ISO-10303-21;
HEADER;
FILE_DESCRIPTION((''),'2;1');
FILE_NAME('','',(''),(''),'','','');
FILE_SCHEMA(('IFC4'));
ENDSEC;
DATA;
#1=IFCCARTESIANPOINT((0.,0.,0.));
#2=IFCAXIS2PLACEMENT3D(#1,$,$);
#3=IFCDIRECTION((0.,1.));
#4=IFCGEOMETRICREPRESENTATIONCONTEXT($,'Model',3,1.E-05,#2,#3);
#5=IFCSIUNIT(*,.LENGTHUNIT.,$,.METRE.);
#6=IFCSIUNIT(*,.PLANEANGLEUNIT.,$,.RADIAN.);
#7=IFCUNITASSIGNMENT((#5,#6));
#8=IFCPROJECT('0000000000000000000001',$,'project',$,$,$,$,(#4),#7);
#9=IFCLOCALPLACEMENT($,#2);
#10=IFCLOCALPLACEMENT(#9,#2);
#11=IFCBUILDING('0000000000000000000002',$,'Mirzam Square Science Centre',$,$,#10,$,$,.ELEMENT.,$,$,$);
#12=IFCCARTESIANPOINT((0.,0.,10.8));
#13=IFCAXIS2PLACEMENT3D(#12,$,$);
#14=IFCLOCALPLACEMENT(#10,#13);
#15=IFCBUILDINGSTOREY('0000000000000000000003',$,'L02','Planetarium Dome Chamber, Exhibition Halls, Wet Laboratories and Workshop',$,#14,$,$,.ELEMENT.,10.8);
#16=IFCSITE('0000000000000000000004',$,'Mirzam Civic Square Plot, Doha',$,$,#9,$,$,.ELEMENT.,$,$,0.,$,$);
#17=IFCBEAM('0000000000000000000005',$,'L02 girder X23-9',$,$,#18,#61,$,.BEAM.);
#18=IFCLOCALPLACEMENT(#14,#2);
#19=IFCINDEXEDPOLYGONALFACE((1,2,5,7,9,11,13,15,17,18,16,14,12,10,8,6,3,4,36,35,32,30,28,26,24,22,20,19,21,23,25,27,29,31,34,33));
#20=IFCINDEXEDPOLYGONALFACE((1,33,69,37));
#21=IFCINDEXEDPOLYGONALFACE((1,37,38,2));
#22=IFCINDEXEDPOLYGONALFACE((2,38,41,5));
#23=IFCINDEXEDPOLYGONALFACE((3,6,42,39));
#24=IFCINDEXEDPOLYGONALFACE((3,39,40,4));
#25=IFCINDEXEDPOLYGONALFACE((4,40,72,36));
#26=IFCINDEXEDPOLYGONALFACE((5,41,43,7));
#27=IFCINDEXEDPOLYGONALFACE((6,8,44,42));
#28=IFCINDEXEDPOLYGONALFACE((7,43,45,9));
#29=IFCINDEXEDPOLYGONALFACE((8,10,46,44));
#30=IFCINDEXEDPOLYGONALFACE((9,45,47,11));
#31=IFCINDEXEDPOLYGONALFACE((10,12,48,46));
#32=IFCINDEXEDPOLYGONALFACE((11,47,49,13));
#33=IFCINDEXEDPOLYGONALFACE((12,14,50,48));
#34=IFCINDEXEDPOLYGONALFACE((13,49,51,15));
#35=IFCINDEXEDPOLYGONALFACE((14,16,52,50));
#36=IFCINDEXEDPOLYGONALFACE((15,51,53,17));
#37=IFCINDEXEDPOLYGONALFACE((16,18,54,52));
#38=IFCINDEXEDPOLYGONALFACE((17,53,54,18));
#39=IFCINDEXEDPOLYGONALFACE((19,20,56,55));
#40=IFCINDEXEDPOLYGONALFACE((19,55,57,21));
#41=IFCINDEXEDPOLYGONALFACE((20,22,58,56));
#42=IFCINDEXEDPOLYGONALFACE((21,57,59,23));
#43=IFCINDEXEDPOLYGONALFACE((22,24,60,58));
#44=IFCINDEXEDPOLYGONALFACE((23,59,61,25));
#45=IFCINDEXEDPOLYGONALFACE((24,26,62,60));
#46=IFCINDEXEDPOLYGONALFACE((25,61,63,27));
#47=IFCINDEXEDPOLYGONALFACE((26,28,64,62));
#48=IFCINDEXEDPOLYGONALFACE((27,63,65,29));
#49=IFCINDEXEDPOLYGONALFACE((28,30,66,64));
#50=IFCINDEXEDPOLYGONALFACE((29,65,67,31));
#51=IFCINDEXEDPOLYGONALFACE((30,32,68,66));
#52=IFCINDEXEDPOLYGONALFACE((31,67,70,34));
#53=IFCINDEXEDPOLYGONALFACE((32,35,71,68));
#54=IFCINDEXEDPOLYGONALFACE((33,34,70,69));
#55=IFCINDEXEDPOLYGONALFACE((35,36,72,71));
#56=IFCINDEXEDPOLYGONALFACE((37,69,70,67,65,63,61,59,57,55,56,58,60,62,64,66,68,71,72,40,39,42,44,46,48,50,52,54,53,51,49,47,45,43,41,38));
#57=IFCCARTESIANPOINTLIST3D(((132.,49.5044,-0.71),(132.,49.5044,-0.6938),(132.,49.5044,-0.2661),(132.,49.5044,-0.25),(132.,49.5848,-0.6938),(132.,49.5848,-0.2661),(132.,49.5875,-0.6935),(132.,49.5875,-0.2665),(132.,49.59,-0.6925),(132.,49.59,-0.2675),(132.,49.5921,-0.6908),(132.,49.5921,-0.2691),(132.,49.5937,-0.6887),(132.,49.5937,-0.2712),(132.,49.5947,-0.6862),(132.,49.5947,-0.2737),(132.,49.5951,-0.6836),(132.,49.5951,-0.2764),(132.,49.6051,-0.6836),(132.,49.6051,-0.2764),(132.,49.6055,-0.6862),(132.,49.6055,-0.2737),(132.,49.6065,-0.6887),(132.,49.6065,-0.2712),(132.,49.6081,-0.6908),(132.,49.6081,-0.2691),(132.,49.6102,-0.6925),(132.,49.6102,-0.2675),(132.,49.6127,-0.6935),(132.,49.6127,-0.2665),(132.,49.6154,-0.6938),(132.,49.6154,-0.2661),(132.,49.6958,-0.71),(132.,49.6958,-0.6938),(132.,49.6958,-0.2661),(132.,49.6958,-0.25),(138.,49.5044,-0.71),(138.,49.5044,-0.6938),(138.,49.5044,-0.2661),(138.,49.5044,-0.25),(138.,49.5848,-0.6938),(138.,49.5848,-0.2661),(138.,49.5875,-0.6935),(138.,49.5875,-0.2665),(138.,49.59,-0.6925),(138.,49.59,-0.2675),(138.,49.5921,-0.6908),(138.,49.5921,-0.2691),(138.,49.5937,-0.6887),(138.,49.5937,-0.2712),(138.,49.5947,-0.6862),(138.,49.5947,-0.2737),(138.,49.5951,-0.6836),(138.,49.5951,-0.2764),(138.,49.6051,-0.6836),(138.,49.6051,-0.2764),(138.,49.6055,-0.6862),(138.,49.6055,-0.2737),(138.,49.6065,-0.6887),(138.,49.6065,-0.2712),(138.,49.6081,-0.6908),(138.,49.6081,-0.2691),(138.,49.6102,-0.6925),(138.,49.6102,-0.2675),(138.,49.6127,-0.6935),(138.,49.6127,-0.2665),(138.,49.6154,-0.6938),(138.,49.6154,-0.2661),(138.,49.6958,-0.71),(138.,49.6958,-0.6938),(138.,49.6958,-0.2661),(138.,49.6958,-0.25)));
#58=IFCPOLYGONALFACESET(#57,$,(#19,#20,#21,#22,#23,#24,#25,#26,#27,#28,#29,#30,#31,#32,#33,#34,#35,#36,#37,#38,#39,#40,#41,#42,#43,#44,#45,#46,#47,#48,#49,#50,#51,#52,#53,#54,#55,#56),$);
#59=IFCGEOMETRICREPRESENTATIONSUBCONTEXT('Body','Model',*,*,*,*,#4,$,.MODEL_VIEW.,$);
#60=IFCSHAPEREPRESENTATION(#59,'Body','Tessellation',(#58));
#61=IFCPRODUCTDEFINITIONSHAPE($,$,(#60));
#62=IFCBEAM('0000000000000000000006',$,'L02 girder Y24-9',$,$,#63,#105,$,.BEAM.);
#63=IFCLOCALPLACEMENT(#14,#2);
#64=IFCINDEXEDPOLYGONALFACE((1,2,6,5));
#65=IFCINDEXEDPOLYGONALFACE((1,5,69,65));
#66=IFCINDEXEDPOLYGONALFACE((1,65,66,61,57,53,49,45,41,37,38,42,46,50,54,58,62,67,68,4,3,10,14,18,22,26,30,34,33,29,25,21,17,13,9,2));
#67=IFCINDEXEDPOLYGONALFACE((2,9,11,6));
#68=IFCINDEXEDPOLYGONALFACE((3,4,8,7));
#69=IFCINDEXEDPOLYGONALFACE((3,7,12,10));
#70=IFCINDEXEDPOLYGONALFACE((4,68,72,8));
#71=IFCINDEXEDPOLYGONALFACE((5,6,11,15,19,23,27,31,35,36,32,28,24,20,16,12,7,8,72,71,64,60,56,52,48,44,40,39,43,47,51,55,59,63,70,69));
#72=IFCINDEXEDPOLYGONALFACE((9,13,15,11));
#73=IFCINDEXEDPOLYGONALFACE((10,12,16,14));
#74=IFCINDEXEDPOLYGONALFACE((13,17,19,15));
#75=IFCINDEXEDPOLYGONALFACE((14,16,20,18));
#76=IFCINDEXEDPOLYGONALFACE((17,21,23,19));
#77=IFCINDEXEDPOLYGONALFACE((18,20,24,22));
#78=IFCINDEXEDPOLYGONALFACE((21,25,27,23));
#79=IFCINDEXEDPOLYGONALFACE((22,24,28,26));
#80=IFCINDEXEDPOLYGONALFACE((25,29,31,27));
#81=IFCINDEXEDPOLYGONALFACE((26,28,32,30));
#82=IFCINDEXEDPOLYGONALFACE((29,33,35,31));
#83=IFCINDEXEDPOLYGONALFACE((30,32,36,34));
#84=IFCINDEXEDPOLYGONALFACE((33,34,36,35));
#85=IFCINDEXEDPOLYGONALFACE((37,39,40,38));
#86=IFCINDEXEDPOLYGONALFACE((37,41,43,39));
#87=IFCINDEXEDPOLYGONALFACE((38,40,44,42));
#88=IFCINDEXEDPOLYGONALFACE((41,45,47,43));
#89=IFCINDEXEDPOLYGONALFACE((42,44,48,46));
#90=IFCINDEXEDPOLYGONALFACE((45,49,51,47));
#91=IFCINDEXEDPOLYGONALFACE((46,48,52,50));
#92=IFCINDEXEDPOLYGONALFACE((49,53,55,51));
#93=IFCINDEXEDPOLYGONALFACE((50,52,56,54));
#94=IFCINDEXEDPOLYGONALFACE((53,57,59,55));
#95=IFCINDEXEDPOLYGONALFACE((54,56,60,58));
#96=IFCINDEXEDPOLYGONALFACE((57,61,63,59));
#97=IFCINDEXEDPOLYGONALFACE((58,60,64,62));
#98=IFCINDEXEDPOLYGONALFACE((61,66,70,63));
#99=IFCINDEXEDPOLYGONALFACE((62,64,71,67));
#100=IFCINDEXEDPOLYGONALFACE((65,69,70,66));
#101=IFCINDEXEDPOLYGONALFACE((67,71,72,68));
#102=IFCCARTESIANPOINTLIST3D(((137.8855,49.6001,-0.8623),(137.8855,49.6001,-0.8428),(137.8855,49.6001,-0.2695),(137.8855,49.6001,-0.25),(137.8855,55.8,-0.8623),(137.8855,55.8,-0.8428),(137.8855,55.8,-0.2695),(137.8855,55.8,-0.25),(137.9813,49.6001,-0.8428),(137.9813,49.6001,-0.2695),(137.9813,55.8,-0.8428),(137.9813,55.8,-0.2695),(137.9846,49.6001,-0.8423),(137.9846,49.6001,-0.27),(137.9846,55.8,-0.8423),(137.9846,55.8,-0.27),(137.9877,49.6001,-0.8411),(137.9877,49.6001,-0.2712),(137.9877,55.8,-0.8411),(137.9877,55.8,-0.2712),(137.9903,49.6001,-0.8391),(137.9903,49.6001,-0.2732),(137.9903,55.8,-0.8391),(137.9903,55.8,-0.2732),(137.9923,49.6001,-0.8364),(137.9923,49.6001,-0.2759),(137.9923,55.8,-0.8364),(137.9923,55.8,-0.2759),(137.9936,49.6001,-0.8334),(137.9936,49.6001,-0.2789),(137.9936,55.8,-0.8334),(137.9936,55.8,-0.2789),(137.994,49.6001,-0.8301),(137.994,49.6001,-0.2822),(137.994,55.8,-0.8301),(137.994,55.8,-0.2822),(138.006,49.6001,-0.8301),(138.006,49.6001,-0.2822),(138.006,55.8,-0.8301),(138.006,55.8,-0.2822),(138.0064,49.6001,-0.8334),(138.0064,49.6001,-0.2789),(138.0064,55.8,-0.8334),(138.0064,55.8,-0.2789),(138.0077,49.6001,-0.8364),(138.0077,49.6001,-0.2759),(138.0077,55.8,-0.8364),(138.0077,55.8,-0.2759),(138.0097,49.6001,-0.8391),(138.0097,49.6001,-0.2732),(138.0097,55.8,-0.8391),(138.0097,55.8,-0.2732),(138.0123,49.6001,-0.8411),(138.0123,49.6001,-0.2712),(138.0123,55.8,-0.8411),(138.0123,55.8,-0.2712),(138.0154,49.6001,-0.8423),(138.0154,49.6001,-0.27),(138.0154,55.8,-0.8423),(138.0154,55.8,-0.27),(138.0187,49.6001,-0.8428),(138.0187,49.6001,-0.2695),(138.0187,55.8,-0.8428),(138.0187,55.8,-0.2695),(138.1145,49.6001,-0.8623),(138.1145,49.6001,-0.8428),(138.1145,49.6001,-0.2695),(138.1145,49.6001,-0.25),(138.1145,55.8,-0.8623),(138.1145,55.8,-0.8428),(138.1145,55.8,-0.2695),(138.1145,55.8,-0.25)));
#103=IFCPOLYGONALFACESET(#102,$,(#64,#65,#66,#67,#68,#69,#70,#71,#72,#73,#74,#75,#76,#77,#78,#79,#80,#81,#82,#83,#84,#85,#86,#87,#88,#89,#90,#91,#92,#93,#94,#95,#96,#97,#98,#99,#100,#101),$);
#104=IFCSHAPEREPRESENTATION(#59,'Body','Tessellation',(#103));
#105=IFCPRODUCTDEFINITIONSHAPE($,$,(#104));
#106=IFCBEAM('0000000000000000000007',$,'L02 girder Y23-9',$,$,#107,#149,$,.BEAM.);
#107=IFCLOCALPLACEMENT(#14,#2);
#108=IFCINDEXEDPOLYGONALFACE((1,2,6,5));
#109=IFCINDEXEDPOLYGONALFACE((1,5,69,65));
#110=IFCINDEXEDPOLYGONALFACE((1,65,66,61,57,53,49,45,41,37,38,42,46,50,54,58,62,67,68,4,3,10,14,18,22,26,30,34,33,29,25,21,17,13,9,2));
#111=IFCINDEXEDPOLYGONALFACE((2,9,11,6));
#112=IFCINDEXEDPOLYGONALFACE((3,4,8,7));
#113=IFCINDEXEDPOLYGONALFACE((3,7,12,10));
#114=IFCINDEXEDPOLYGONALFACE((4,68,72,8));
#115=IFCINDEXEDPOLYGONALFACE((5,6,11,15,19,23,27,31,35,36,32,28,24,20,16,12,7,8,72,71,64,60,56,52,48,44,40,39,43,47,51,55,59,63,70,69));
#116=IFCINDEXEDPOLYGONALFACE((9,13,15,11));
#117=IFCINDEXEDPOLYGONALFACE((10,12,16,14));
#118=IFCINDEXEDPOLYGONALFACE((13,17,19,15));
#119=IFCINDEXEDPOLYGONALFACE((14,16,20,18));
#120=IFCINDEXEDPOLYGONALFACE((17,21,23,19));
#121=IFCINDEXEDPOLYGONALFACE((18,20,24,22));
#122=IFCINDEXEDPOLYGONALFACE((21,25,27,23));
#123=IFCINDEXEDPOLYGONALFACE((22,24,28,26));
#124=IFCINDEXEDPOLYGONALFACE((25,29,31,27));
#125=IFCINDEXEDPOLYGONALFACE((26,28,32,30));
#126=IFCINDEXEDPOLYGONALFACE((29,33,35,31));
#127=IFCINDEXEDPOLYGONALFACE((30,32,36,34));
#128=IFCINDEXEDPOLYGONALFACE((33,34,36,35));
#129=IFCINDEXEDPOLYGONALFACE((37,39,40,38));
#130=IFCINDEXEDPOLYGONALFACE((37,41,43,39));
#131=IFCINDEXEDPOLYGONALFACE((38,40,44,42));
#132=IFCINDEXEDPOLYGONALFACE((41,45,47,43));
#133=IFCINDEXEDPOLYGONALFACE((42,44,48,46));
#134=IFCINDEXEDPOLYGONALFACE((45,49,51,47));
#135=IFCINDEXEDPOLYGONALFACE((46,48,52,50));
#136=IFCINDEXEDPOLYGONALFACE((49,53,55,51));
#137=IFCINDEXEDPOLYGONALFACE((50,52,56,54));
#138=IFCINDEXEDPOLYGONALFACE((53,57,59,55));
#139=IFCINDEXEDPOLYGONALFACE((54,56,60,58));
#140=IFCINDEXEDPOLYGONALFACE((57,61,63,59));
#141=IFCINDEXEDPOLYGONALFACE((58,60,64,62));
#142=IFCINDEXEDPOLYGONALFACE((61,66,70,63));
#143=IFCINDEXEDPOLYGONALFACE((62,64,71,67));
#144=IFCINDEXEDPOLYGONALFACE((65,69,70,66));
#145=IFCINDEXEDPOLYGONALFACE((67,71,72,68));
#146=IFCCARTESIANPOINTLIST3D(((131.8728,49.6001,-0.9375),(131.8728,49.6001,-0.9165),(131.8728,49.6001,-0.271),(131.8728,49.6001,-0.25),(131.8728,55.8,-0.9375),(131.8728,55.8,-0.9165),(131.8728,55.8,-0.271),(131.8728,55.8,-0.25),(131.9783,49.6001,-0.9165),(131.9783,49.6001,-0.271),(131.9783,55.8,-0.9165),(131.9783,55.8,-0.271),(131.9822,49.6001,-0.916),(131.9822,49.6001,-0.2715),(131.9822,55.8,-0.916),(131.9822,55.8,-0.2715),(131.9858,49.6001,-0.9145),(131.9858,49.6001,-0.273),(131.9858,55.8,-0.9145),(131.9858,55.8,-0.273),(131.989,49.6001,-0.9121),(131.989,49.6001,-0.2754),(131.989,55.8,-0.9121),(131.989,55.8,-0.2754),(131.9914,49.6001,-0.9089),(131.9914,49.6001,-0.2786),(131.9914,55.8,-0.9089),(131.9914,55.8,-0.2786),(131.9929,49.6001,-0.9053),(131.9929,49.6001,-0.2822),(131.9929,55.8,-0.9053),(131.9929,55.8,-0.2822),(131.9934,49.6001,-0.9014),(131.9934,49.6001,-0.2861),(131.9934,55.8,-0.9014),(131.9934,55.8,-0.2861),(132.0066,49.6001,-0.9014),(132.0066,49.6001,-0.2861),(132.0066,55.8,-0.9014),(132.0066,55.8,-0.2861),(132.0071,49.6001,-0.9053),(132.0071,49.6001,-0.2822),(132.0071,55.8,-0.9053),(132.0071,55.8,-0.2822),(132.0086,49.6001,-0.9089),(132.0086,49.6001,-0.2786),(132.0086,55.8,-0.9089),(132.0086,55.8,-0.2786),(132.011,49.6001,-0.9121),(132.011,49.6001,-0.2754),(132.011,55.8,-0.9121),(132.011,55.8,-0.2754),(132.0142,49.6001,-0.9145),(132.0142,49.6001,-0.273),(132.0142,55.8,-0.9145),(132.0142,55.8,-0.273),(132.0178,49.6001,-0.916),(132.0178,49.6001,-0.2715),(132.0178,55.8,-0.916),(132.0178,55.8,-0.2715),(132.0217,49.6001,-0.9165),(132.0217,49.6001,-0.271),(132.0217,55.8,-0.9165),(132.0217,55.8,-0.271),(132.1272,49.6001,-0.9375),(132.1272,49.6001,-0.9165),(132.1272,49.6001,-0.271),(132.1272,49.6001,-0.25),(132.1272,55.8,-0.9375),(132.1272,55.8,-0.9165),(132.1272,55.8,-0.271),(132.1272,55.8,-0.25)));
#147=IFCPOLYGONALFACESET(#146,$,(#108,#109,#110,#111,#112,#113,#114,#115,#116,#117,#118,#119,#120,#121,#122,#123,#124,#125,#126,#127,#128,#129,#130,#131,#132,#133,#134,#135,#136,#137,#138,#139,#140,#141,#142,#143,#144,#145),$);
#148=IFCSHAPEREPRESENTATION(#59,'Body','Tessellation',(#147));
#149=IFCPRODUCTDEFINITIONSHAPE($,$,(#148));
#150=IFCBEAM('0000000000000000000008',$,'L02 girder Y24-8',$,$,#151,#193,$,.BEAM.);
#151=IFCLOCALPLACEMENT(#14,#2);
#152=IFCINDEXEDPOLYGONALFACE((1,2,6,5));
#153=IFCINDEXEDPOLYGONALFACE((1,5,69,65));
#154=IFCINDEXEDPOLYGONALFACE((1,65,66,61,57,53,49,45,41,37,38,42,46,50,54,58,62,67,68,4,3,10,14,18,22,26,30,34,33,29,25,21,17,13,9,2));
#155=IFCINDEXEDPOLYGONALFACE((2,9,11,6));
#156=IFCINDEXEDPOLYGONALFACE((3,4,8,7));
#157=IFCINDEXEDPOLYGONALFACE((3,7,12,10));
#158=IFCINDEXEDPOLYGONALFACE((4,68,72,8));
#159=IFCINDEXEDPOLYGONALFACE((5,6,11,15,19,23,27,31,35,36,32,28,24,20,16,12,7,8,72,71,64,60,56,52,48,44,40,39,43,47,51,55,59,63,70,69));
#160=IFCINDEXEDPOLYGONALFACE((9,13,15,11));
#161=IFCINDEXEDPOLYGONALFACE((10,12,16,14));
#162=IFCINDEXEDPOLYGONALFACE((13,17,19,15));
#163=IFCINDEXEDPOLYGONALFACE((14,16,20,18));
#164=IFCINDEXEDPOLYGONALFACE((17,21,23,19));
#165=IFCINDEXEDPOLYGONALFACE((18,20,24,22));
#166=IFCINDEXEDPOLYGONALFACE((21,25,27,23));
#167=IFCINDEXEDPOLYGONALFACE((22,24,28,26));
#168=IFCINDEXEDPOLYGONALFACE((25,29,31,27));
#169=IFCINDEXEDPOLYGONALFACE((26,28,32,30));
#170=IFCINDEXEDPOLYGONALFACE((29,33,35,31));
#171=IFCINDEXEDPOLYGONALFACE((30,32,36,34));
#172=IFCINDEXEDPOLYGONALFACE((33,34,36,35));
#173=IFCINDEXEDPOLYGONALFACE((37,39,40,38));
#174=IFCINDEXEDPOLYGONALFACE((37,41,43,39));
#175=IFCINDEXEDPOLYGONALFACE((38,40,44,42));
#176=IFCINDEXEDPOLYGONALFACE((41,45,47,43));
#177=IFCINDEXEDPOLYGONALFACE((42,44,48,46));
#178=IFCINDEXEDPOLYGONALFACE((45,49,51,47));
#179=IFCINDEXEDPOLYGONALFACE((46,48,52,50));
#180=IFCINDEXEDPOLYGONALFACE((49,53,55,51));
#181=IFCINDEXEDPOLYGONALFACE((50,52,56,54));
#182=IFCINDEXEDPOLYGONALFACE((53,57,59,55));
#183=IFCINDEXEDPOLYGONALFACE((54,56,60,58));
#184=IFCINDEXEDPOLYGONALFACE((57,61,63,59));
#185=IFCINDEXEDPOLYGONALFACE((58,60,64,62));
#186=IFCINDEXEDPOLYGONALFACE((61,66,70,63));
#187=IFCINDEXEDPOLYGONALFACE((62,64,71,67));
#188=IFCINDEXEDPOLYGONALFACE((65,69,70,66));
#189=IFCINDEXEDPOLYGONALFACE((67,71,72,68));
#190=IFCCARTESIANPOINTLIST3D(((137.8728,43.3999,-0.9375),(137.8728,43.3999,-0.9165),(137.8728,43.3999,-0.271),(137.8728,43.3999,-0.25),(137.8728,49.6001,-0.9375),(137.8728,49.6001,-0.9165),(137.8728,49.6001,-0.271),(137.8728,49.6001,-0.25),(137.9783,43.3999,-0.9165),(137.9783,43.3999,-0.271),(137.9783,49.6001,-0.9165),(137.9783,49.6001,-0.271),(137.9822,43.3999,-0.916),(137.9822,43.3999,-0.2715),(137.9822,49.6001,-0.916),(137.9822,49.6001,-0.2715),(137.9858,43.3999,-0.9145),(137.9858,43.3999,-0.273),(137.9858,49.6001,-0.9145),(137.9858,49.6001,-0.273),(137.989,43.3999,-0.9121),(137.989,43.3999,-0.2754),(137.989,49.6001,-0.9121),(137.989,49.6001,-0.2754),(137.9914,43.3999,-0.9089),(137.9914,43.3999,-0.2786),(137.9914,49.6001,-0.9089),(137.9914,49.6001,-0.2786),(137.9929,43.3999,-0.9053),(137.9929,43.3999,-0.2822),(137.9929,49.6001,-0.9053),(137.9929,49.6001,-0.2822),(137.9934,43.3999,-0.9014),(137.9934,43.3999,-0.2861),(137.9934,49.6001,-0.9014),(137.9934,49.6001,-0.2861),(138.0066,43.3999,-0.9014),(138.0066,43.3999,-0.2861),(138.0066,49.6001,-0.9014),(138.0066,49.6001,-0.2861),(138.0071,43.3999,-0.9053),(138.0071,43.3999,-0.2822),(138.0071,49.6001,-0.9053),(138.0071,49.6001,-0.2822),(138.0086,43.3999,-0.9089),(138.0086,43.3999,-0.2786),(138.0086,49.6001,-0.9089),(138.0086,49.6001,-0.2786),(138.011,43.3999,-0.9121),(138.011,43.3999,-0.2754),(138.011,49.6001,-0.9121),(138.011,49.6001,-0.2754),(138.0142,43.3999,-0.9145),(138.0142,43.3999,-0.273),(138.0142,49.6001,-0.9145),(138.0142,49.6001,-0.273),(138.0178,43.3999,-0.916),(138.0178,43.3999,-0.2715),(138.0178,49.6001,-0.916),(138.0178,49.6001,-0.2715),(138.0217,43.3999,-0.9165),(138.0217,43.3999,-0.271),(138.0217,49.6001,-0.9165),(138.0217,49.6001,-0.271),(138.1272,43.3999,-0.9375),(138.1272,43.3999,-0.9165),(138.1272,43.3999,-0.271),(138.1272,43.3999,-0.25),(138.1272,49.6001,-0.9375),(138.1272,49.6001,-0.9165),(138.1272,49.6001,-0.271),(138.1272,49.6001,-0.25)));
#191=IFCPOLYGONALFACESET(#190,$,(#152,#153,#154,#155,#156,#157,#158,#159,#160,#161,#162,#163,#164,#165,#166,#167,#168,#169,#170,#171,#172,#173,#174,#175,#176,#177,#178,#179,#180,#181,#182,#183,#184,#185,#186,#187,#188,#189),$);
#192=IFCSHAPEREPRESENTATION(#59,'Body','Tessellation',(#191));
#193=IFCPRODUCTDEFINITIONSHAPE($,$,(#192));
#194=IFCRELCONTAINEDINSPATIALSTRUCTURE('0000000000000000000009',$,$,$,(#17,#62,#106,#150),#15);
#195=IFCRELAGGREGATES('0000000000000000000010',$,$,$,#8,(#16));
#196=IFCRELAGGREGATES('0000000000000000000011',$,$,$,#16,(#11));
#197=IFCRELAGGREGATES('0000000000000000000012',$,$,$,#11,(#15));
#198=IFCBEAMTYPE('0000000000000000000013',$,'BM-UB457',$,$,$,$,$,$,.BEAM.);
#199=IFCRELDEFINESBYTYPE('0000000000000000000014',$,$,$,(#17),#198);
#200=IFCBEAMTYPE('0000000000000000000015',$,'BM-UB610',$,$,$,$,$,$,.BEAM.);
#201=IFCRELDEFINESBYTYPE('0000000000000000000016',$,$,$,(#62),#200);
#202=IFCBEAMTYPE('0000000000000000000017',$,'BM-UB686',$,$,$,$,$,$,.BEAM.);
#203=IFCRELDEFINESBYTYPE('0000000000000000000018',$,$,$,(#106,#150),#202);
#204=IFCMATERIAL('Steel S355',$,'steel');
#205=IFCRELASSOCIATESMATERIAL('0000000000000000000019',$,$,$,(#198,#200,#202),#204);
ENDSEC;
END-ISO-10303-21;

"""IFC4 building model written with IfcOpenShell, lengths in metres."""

from ifc_helpers import new_model, si_unit, direction, frame, origin, origin_2d, place, context, subcontext, project, spatial, i_section, extrude, material, material_profile, profile_set, type_object, element, save


model = new_model("IFC4")

# Units and contexts
model_context = context("Model", 3, precision=1e-05, world=origin(), true_north=direction((0.0, 1.0)))
body_context = subcontext(model_context, "Body", "Model", "MODEL_VIEW")
ifc_project = project(units=[si_unit("LENGTHUNIT", "METRE"), si_unit("PLANEANGLEUNIT", "RADIAN")], contexts=[model_context])

# Site, building, storey
site_placement = place(None, origin())
site = spatial("IfcSite", under=ifc_project, at=site_placement, Name="Mirzam Civic Square Plot, Doha", CompositionType="ELEMENT", RefElevation=0.0)
building_placement = place(site_placement, origin())
building = spatial("IfcBuilding", under=site, at=building_placement, Name="Mirzam Square Science Centre", CompositionType="ELEMENT")
storey_placement = place(building_placement, frame((0.0, 0.0, 10.8)))
storey = spatial("IfcBuildingStorey", under=building, at=storey_placement, Name="L02", Description="Planetarium Dome Chamber, Exhibition Halls, Wet Laboratories and Workshop", CompositionType="ELEMENT", Elevation=10.8)

# Shared definitions
ifc_material_1 = material(Name="Steel S355", Category="steel")

# Beams
ifc_material_profile_1 = material_profile(ifc_material_1, i_section(OverallWidth=0.1914, OverallDepth=0.46, WebThickness=0.01, FlangeThickness=0.0161, FilletRadius=0.0103, at=origin_2d()), Name="457x191x82UB")
ifc_profile_set_1 = profile_set([ifc_material_profile_1], Name="Steel S355")
beam_type_1 = type_object("IfcBeamType", Name="BM-UB457", PredefinedType="BEAM", material=ifc_profile_set_1)
beam_1_placement = place(storey_placement, frame((132.0, 49.6001, -0.48), z_axis=(1.0, 0.0, 0.0), x_axis=(0.0, 1.0, 0.0)))
element("IfcBeam", 1, at=beam_1_placement, inside=storey, type_object=beam_type_1, Name="L02 girder X23-9", PredefinedType="BEAM", context=body_context, shape_type="SweptSolid", body=[
    extrude(i_section(OverallWidth=0.1914, OverallDepth=0.46, WebThickness=0.01, FlangeThickness=0.0161, FilletRadius=0.0103, at=origin_2d()), origin(), (0.0, 0.0, 1.0), 6.0),
])
ifc_material_profile_2 = material_profile(ifc_material_1, i_section(OverallWidth=0.229, OverallDepth=0.6123, WebThickness=0.012, FlangeThickness=0.0195, FilletRadius=0.0127, at=origin_2d()), Name="610x229x125UB")
ifc_profile_set_2 = profile_set([ifc_material_profile_2], Name="Steel S355")
beam_type_2 = type_object("IfcBeamType", Name="BM-UB610", PredefinedType="BEAM", material=ifc_profile_set_2)
beam_2_placement = place(storey_placement, frame((138.0, 49.6001, -0.5562), z_axis=(0.0, 1.0, 0.0), x_axis=(-1.0, 0.0, 0.0)))
element("IfcBeam", 2, at=beam_2_placement, inside=storey, type_object=beam_type_2, Name="L02 girder Y24-9", PredefinedType="BEAM", context=body_context, shape_type="SweptSolid", body=[
    extrude(i_section(OverallWidth=0.229, OverallDepth=0.6123, WebThickness=0.012, FlangeThickness=0.0195, FilletRadius=0.0127, at=origin_2d()), origin(), (0.0, 0.0, 1.0), 6.2),
])
ifc_material_profile_3 = material_profile(ifc_material_1, i_section(OverallWidth=0.2544, OverallDepth=0.6875, WebThickness=0.0132, FlangeThickness=0.021, FilletRadius=0.0151, at=origin_2d()), Name="686x254x152UB")
ifc_profile_set_3 = profile_set([ifc_material_profile_3], Name="Steel S355")
beam_type_3 = type_object("IfcBeamType", Name="BM-UB686", PredefinedType="BEAM", material=ifc_profile_set_3)
beam_3_placement = place(storey_placement, frame((132.0, 49.6001, -0.5938), z_axis=(0.0, 1.0, 0.0), x_axis=(-1.0, 0.0, 0.0)))
element("IfcBeam", 3, at=beam_3_placement, inside=storey, type_object=beam_type_3, Name="L02 girder Y23-9", PredefinedType="BEAM", context=body_context, shape_type="SweptSolid", body=[
    extrude(i_section(OverallWidth=0.2544, OverallDepth=0.6875, WebThickness=0.0132, FlangeThickness=0.021, FilletRadius=0.0151, at=origin_2d()), origin(), (0.0, 0.0, 1.0), 6.2),
])
beam_4_placement = place(storey_placement, frame((138.0, 43.3999, -0.5938), z_axis=(0.0, 1.0, 0.0), x_axis=(-1.0, 0.0, 0.0)))
element("IfcBeam", 4, at=beam_4_placement, inside=storey, type_object=beam_type_3, Name="L02 girder Y24-8", PredefinedType="BEAM", context=body_context, shape_type="SweptSolid", body=[
    extrude(i_section(OverallWidth=0.2544, OverallDepth=0.6875, WebThickness=0.0132, FlangeThickness=0.021, FilletRadius=0.0151, at=origin_2d()), origin(), (0.0, 0.0, 1.0), 6.2002),
])

save(model, "model.ifc")
